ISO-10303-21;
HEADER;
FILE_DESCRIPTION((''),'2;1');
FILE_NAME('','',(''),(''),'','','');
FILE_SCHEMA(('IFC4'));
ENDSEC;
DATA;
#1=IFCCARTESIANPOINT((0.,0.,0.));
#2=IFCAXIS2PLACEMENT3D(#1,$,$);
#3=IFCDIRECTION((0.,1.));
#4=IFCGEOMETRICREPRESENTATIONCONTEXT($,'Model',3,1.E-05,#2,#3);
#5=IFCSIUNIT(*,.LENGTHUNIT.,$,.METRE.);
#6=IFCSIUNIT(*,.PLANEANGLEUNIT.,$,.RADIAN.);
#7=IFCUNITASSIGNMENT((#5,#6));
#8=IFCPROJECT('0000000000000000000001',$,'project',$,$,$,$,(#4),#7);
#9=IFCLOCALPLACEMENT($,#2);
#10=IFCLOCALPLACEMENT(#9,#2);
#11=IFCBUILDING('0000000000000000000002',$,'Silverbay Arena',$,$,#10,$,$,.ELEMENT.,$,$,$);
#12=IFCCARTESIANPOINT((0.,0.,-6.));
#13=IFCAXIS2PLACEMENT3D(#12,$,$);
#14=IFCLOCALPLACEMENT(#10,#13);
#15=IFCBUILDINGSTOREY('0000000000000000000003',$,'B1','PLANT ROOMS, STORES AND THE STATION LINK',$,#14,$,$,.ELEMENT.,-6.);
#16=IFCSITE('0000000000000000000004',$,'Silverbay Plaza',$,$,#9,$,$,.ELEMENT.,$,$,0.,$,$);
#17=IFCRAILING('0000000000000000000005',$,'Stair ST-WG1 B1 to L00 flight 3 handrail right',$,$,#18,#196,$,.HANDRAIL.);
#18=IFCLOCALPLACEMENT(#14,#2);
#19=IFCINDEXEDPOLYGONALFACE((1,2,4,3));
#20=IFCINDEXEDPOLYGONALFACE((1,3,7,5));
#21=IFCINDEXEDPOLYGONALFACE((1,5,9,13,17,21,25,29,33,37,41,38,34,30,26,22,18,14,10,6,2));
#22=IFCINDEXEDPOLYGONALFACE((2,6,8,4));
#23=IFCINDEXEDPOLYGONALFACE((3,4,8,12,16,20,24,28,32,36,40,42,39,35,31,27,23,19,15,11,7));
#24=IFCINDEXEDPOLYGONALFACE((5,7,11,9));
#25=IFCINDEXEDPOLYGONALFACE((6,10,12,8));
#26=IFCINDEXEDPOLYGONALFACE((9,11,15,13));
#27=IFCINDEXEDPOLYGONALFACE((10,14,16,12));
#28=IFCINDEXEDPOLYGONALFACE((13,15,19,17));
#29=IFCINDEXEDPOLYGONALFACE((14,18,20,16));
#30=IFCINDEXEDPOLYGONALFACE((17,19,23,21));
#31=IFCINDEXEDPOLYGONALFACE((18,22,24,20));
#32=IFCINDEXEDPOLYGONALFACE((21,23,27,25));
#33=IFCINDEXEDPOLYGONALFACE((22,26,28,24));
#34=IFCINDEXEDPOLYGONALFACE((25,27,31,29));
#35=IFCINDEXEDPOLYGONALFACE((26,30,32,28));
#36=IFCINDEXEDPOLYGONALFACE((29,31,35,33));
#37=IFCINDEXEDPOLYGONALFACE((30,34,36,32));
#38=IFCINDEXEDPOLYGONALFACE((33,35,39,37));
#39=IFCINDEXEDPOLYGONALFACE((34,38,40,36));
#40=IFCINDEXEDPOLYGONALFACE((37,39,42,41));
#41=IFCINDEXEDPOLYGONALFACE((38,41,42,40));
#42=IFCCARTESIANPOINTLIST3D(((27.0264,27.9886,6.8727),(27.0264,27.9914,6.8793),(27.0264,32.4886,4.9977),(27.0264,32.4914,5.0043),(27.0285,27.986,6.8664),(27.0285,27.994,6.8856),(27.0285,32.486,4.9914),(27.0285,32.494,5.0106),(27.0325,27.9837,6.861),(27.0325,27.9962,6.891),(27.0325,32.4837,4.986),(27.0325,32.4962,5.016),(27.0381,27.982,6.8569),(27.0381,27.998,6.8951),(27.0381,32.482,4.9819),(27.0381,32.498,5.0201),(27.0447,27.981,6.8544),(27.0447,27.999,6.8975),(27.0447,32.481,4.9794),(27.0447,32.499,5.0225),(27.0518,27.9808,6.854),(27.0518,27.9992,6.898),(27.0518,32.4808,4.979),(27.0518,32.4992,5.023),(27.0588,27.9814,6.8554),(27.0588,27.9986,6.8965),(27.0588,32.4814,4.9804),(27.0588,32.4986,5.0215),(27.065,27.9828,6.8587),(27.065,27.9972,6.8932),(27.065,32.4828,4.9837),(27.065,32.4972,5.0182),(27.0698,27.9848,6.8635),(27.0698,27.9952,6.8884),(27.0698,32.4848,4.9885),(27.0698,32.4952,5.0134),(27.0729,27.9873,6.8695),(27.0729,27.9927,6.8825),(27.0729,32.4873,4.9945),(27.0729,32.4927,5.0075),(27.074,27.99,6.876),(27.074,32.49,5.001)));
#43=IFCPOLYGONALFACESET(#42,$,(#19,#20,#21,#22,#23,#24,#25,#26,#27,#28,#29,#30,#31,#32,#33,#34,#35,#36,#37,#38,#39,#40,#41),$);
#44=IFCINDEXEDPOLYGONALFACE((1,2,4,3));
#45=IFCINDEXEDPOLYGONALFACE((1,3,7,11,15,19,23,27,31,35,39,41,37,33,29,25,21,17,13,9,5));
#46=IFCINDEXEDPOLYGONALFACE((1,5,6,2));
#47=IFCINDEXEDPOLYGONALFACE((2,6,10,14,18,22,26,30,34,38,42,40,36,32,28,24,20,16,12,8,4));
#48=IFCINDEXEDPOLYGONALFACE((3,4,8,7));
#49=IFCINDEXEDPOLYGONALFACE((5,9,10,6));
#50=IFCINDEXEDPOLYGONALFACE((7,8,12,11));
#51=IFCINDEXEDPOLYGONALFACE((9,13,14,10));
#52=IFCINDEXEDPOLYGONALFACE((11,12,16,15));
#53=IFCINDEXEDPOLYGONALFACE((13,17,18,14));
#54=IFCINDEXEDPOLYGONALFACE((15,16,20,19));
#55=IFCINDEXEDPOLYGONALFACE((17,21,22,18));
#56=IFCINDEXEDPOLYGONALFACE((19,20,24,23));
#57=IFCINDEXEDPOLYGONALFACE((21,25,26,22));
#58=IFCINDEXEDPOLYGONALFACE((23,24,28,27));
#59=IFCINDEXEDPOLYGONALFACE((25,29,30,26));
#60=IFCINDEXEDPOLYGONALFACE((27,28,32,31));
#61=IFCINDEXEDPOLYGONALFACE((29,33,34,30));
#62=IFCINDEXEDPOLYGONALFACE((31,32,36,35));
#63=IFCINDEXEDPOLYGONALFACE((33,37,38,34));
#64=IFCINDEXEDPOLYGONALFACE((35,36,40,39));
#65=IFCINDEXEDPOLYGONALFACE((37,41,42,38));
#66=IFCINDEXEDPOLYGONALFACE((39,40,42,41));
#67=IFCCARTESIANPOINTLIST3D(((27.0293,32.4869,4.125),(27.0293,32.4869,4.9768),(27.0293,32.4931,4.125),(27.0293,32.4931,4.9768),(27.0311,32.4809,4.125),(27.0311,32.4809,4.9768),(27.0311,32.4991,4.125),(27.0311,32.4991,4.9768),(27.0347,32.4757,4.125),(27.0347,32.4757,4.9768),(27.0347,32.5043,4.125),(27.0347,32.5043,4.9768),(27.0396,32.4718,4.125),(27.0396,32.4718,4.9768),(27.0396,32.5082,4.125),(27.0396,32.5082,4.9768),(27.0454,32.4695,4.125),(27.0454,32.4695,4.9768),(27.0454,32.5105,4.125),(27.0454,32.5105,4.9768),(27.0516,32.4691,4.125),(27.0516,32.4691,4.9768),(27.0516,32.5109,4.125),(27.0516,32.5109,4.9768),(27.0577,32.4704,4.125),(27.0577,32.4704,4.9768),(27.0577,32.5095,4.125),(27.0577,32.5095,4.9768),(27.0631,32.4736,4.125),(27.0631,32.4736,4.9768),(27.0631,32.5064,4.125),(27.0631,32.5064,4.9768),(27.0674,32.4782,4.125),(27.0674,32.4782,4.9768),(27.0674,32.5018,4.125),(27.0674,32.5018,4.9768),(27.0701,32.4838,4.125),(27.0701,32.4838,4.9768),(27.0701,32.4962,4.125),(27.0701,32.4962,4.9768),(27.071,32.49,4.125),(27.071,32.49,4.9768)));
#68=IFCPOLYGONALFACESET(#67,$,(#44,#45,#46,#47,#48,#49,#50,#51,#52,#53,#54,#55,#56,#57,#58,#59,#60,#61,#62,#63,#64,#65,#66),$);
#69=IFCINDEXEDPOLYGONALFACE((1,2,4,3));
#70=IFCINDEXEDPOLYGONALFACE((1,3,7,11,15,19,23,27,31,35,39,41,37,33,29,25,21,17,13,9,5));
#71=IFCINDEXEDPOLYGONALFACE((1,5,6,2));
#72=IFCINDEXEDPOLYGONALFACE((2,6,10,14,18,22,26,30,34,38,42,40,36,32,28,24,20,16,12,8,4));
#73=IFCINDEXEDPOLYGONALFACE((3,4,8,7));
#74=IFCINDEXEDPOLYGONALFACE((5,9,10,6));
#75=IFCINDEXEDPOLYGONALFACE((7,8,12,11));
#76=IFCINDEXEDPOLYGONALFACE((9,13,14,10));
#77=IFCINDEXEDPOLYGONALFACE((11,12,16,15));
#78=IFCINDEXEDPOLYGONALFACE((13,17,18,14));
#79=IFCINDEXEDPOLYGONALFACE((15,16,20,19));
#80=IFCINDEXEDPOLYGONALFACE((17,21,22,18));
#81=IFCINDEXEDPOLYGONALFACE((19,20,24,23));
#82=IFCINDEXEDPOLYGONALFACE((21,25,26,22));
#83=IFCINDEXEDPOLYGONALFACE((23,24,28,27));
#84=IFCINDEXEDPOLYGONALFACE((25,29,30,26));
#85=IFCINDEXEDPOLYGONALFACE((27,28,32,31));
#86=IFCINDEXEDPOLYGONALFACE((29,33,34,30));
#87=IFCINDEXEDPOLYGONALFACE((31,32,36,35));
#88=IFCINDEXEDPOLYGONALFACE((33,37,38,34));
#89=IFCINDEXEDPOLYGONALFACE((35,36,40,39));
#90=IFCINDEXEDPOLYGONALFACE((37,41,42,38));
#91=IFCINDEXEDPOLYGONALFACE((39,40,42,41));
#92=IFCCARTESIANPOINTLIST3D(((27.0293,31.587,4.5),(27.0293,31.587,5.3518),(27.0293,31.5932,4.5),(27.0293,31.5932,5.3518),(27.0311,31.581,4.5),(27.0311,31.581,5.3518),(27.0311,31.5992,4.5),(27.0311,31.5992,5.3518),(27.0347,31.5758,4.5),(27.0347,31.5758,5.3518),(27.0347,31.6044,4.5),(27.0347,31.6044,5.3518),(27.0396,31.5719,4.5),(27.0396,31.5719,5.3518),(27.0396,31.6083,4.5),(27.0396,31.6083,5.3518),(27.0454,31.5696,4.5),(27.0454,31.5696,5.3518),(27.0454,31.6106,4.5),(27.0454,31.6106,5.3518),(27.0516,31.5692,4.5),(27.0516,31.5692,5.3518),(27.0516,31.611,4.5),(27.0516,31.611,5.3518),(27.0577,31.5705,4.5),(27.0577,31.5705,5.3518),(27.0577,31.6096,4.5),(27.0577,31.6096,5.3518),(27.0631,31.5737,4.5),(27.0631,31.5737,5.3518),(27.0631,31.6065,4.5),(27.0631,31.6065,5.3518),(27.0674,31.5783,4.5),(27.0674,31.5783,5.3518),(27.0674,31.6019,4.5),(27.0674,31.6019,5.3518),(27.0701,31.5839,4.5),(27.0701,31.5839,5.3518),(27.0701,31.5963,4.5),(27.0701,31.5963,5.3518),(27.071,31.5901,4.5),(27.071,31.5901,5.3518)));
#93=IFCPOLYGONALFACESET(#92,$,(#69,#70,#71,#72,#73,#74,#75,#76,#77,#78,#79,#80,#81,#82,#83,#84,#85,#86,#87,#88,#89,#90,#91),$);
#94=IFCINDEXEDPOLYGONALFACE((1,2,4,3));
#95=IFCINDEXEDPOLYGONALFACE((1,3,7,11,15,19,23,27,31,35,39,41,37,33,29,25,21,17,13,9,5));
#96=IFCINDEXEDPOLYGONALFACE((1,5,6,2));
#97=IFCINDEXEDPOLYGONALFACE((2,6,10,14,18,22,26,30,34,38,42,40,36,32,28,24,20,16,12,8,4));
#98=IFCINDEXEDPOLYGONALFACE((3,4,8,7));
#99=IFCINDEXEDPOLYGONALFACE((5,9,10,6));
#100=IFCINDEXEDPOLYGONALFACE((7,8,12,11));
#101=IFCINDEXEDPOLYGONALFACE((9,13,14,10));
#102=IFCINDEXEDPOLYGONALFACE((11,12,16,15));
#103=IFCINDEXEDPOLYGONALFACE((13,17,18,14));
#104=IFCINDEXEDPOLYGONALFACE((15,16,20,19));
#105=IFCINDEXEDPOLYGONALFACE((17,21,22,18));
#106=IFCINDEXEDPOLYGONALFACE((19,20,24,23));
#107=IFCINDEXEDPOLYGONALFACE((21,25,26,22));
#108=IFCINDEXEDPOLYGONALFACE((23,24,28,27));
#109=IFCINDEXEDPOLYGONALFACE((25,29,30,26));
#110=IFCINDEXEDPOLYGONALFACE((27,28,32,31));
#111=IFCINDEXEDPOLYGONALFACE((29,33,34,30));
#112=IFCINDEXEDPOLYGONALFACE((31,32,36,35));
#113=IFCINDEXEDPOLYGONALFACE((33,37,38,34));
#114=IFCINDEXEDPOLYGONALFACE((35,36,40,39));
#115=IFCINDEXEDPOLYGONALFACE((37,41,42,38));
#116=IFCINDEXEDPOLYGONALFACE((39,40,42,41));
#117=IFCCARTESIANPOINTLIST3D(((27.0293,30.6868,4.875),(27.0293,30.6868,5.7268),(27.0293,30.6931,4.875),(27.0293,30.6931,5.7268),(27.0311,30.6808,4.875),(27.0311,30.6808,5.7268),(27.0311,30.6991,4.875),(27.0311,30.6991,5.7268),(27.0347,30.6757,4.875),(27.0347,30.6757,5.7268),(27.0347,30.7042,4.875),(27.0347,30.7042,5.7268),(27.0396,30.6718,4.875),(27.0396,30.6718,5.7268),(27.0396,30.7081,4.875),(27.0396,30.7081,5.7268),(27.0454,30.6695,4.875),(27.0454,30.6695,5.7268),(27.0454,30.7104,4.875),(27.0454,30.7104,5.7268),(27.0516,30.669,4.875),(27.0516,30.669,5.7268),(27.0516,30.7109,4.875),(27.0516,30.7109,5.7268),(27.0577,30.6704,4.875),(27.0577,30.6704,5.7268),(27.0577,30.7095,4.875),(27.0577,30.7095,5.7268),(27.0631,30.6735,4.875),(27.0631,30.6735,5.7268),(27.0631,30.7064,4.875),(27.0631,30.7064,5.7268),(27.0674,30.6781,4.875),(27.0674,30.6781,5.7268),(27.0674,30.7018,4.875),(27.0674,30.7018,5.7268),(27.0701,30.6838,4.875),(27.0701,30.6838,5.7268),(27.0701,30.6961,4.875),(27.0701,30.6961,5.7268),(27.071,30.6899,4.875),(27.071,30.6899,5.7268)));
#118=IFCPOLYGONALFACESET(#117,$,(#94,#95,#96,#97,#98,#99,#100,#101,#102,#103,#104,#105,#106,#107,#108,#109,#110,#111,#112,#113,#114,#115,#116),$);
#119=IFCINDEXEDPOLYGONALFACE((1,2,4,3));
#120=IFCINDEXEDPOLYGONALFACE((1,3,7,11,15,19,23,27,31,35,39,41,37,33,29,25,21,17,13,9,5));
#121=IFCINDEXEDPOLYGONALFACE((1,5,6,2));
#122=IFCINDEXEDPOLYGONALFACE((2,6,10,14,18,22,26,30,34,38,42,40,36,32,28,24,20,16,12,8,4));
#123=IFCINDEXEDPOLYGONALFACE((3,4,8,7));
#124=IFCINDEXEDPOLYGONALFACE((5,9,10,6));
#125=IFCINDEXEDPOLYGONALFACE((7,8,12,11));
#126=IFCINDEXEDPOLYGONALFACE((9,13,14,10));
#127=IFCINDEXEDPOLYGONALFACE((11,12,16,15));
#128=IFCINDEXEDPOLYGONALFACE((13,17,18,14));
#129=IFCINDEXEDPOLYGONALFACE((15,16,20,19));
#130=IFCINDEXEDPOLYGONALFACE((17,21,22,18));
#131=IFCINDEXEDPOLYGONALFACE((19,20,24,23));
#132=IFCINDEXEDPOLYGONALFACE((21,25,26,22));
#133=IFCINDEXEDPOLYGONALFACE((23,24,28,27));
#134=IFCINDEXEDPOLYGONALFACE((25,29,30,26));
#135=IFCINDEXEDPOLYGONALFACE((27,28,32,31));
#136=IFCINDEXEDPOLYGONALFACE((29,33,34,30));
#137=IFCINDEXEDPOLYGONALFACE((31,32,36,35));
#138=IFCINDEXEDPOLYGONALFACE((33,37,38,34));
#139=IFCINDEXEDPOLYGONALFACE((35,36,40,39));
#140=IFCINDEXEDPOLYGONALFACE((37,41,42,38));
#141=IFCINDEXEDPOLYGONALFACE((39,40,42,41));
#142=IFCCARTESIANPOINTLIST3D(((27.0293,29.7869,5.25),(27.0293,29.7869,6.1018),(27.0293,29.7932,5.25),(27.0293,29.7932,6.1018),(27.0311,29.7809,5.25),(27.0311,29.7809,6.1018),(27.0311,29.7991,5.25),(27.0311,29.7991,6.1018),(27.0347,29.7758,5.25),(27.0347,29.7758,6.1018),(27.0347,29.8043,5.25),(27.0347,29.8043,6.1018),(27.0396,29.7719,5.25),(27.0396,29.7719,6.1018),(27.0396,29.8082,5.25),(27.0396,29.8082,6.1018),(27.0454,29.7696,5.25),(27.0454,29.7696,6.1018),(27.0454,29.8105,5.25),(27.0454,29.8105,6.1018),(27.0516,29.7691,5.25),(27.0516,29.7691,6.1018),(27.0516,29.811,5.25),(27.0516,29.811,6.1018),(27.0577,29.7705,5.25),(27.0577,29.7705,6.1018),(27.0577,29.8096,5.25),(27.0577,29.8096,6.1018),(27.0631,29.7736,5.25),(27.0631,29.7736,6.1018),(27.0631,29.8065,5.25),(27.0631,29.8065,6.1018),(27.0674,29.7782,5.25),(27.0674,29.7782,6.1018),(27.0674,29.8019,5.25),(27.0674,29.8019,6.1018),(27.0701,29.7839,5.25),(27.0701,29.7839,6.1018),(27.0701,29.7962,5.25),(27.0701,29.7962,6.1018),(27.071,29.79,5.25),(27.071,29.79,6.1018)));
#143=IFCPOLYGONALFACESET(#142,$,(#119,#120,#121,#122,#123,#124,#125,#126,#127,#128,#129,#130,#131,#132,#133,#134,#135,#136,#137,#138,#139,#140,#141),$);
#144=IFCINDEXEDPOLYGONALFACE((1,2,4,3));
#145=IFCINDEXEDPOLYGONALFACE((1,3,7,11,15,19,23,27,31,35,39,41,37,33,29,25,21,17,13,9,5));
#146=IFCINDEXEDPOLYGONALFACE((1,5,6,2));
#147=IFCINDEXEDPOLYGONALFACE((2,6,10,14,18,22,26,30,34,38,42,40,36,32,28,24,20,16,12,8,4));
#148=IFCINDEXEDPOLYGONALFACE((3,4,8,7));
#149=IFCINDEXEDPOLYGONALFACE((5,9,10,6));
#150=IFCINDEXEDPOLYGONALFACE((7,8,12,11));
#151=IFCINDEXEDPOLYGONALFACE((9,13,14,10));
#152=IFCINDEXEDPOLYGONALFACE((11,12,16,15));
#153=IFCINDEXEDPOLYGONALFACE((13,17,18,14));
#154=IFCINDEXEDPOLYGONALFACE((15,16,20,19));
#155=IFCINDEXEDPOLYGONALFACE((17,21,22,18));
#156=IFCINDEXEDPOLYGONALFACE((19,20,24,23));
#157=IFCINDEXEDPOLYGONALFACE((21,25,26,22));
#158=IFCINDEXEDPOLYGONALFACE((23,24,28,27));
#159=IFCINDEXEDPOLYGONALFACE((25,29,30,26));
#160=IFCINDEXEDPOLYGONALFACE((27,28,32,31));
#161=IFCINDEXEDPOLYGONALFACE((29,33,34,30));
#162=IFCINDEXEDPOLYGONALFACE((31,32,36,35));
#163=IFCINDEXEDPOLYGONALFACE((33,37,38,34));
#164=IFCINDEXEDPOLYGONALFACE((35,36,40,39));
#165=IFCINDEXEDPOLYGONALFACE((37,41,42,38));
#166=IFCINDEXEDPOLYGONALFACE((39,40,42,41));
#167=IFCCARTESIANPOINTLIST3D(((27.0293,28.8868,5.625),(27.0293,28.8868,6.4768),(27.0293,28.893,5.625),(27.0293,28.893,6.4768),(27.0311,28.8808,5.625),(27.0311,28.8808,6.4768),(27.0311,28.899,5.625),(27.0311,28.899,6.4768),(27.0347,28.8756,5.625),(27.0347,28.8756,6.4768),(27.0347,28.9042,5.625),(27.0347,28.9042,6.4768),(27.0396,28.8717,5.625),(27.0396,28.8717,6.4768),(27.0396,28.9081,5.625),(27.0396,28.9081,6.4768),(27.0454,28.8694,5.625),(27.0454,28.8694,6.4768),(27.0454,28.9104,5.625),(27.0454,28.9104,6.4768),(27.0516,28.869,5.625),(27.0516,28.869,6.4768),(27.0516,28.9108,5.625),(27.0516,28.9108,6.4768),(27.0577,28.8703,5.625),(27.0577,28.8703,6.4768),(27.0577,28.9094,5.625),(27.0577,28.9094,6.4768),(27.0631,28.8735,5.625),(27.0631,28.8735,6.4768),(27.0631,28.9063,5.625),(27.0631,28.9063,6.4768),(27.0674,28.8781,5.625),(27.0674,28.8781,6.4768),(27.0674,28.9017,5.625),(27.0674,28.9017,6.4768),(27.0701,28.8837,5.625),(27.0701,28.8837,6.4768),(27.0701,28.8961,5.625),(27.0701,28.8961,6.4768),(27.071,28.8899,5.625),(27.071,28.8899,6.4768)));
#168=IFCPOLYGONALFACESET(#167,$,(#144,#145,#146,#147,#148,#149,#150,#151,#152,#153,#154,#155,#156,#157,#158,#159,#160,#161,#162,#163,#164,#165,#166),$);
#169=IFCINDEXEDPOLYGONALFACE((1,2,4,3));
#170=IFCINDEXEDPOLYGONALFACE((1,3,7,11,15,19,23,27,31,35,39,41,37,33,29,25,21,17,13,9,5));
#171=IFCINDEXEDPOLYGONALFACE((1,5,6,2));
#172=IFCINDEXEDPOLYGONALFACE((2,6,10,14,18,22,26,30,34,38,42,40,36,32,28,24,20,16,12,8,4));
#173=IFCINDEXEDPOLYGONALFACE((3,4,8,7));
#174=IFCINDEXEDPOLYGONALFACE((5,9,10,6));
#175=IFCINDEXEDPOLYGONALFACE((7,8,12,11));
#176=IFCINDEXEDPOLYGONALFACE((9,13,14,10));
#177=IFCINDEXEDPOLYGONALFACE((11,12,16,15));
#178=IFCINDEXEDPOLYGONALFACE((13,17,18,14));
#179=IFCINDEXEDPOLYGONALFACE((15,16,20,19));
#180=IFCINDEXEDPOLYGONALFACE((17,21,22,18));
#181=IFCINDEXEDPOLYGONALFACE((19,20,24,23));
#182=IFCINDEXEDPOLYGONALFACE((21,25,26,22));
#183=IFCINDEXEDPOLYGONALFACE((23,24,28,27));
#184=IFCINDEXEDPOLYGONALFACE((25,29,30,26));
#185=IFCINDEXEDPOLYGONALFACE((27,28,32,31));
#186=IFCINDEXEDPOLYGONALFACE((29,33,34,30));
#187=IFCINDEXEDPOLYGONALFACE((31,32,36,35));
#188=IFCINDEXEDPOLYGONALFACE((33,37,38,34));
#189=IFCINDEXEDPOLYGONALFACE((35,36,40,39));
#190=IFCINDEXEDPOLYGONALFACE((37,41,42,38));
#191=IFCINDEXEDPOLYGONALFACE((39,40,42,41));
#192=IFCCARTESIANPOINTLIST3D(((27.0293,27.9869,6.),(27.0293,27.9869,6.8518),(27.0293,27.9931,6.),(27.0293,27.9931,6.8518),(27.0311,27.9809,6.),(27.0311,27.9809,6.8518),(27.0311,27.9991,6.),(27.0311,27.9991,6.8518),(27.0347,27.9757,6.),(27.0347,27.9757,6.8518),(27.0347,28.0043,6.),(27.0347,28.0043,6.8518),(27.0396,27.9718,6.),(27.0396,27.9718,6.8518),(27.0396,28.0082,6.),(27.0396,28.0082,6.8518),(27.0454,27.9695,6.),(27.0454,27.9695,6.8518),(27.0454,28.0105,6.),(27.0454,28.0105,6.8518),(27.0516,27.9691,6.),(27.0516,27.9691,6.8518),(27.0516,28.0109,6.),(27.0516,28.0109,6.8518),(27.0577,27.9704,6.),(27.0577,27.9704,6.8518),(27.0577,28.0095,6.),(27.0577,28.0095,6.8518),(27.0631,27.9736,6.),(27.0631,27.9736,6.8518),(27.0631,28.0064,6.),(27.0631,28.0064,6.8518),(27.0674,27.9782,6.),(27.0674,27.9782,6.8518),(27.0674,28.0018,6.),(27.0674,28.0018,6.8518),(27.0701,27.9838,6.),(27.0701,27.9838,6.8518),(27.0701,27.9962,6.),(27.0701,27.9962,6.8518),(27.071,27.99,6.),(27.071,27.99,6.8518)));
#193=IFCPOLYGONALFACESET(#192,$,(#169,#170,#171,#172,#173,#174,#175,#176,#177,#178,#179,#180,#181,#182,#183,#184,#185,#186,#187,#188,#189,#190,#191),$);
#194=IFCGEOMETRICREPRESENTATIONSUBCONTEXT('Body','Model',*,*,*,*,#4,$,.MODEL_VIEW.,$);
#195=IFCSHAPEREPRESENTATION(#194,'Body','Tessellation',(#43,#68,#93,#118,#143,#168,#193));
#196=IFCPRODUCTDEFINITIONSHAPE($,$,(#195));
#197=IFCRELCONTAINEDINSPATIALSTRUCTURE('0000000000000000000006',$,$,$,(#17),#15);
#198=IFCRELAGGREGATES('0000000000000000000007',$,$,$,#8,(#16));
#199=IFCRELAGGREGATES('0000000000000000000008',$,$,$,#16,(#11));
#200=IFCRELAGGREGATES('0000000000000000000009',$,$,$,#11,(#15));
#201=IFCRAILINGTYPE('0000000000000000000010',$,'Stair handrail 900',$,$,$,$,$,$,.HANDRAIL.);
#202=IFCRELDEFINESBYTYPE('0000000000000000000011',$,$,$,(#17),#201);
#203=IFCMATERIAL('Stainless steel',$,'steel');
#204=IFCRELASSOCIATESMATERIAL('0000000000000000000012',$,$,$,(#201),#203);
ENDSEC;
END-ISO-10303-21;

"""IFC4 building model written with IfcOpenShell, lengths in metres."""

from ifc_helpers import new_model, si_unit, direction, frame, origin, origin_2d, place, context, subcontext, project, spatial, circle, extrude, material, type_object, element, save


model = new_model("IFC4")

# Units and contexts
model_context = context("Model", 3, precision=1e-05, world=origin(), true_north=direction((0.0, 1.0)))
body_context = subcontext(model_context, "Body", "Model", "MODEL_VIEW")
ifc_project = project(units=[si_unit("LENGTHUNIT", "METRE"), si_unit("PLANEANGLEUNIT", "RADIAN")], contexts=[model_context])

# Site, building, storey
site_placement = place(None, origin())
site = spatial("IfcSite", under=ifc_project, at=site_placement, Name="Silverbay Plaza", CompositionType="ELEMENT", RefElevation=0.0)
building_placement = place(site_placement, origin())
building = spatial("IfcBuilding", under=site, at=building_placement, Name="Silverbay Arena", CompositionType="ELEMENT")
storey_placement = place(building_placement, frame((0.0, 0.0, -6.0)))
storey = spatial("IfcBuildingStorey", under=building, at=storey_placement, Name="B1", Description="PLANT ROOMS, STORES AND THE STATION LINK", CompositionType="ELEMENT", Elevation=-6.0)

# Railing
ifc_material_1 = material(Name="Stainless steel", Category="steel")
railing_type_1 = type_object("IfcRailingType", Name="Stair handrail 900", PredefinedType="HANDRAIL", material=ifc_material_1)
for number, where, name in (
    (1, (27.05, 32.49, 4.125), "Stair ST-WG1 B1 to L00 flight 3 handrail right"),
):
    element("IfcRailing", number, at=place(storey_placement, frame(where)), inside=storey, type_object=railing_type_1, Name=name, PredefinedType="HANDRAIL", context=body_context, shape_type="SweptSolid", body=[
        extrude(circle(Radius=0.0239, at=origin_2d()), frame((0.0, 0.0, 0.876), z_axis=(0.0, -0.923077, 0.384615), x_axis=(1.0, 0.0, 0.0)), (0.0, 0.0, 1.0), 4.875),
        extrude(circle(Radius=0.021, at=origin_2d()), origin(), (0.0, 0.0, 1.0), 0.8518),
        extrude(circle(Radius=0.021, at=origin_2d()), frame((0.0, -0.8999, 0.375)), (0.0, 0.0, 1.0), 0.8518),
        extrude(circle(Radius=0.021, at=origin_2d()), frame((0.0, -1.8, 0.75)), (0.0, 0.0, 1.0), 0.8518),
        extrude(circle(Radius=0.021, at=origin_2d()), frame((0.0, -2.7, 1.125)), (0.0, 0.0, 1.0), 0.8518),
        extrude(circle(Radius=0.021, at=origin_2d()), frame((0.0, -3.6001, 1.5)), (0.0, 0.0, 1.0), 0.8518),
        extrude(circle(Radius=0.021, at=origin_2d()), frame((0.0, -4.5, 1.875)), (0.0, 0.0, 1.0), 0.8518),
    ])

save(model, "model.ifc")
